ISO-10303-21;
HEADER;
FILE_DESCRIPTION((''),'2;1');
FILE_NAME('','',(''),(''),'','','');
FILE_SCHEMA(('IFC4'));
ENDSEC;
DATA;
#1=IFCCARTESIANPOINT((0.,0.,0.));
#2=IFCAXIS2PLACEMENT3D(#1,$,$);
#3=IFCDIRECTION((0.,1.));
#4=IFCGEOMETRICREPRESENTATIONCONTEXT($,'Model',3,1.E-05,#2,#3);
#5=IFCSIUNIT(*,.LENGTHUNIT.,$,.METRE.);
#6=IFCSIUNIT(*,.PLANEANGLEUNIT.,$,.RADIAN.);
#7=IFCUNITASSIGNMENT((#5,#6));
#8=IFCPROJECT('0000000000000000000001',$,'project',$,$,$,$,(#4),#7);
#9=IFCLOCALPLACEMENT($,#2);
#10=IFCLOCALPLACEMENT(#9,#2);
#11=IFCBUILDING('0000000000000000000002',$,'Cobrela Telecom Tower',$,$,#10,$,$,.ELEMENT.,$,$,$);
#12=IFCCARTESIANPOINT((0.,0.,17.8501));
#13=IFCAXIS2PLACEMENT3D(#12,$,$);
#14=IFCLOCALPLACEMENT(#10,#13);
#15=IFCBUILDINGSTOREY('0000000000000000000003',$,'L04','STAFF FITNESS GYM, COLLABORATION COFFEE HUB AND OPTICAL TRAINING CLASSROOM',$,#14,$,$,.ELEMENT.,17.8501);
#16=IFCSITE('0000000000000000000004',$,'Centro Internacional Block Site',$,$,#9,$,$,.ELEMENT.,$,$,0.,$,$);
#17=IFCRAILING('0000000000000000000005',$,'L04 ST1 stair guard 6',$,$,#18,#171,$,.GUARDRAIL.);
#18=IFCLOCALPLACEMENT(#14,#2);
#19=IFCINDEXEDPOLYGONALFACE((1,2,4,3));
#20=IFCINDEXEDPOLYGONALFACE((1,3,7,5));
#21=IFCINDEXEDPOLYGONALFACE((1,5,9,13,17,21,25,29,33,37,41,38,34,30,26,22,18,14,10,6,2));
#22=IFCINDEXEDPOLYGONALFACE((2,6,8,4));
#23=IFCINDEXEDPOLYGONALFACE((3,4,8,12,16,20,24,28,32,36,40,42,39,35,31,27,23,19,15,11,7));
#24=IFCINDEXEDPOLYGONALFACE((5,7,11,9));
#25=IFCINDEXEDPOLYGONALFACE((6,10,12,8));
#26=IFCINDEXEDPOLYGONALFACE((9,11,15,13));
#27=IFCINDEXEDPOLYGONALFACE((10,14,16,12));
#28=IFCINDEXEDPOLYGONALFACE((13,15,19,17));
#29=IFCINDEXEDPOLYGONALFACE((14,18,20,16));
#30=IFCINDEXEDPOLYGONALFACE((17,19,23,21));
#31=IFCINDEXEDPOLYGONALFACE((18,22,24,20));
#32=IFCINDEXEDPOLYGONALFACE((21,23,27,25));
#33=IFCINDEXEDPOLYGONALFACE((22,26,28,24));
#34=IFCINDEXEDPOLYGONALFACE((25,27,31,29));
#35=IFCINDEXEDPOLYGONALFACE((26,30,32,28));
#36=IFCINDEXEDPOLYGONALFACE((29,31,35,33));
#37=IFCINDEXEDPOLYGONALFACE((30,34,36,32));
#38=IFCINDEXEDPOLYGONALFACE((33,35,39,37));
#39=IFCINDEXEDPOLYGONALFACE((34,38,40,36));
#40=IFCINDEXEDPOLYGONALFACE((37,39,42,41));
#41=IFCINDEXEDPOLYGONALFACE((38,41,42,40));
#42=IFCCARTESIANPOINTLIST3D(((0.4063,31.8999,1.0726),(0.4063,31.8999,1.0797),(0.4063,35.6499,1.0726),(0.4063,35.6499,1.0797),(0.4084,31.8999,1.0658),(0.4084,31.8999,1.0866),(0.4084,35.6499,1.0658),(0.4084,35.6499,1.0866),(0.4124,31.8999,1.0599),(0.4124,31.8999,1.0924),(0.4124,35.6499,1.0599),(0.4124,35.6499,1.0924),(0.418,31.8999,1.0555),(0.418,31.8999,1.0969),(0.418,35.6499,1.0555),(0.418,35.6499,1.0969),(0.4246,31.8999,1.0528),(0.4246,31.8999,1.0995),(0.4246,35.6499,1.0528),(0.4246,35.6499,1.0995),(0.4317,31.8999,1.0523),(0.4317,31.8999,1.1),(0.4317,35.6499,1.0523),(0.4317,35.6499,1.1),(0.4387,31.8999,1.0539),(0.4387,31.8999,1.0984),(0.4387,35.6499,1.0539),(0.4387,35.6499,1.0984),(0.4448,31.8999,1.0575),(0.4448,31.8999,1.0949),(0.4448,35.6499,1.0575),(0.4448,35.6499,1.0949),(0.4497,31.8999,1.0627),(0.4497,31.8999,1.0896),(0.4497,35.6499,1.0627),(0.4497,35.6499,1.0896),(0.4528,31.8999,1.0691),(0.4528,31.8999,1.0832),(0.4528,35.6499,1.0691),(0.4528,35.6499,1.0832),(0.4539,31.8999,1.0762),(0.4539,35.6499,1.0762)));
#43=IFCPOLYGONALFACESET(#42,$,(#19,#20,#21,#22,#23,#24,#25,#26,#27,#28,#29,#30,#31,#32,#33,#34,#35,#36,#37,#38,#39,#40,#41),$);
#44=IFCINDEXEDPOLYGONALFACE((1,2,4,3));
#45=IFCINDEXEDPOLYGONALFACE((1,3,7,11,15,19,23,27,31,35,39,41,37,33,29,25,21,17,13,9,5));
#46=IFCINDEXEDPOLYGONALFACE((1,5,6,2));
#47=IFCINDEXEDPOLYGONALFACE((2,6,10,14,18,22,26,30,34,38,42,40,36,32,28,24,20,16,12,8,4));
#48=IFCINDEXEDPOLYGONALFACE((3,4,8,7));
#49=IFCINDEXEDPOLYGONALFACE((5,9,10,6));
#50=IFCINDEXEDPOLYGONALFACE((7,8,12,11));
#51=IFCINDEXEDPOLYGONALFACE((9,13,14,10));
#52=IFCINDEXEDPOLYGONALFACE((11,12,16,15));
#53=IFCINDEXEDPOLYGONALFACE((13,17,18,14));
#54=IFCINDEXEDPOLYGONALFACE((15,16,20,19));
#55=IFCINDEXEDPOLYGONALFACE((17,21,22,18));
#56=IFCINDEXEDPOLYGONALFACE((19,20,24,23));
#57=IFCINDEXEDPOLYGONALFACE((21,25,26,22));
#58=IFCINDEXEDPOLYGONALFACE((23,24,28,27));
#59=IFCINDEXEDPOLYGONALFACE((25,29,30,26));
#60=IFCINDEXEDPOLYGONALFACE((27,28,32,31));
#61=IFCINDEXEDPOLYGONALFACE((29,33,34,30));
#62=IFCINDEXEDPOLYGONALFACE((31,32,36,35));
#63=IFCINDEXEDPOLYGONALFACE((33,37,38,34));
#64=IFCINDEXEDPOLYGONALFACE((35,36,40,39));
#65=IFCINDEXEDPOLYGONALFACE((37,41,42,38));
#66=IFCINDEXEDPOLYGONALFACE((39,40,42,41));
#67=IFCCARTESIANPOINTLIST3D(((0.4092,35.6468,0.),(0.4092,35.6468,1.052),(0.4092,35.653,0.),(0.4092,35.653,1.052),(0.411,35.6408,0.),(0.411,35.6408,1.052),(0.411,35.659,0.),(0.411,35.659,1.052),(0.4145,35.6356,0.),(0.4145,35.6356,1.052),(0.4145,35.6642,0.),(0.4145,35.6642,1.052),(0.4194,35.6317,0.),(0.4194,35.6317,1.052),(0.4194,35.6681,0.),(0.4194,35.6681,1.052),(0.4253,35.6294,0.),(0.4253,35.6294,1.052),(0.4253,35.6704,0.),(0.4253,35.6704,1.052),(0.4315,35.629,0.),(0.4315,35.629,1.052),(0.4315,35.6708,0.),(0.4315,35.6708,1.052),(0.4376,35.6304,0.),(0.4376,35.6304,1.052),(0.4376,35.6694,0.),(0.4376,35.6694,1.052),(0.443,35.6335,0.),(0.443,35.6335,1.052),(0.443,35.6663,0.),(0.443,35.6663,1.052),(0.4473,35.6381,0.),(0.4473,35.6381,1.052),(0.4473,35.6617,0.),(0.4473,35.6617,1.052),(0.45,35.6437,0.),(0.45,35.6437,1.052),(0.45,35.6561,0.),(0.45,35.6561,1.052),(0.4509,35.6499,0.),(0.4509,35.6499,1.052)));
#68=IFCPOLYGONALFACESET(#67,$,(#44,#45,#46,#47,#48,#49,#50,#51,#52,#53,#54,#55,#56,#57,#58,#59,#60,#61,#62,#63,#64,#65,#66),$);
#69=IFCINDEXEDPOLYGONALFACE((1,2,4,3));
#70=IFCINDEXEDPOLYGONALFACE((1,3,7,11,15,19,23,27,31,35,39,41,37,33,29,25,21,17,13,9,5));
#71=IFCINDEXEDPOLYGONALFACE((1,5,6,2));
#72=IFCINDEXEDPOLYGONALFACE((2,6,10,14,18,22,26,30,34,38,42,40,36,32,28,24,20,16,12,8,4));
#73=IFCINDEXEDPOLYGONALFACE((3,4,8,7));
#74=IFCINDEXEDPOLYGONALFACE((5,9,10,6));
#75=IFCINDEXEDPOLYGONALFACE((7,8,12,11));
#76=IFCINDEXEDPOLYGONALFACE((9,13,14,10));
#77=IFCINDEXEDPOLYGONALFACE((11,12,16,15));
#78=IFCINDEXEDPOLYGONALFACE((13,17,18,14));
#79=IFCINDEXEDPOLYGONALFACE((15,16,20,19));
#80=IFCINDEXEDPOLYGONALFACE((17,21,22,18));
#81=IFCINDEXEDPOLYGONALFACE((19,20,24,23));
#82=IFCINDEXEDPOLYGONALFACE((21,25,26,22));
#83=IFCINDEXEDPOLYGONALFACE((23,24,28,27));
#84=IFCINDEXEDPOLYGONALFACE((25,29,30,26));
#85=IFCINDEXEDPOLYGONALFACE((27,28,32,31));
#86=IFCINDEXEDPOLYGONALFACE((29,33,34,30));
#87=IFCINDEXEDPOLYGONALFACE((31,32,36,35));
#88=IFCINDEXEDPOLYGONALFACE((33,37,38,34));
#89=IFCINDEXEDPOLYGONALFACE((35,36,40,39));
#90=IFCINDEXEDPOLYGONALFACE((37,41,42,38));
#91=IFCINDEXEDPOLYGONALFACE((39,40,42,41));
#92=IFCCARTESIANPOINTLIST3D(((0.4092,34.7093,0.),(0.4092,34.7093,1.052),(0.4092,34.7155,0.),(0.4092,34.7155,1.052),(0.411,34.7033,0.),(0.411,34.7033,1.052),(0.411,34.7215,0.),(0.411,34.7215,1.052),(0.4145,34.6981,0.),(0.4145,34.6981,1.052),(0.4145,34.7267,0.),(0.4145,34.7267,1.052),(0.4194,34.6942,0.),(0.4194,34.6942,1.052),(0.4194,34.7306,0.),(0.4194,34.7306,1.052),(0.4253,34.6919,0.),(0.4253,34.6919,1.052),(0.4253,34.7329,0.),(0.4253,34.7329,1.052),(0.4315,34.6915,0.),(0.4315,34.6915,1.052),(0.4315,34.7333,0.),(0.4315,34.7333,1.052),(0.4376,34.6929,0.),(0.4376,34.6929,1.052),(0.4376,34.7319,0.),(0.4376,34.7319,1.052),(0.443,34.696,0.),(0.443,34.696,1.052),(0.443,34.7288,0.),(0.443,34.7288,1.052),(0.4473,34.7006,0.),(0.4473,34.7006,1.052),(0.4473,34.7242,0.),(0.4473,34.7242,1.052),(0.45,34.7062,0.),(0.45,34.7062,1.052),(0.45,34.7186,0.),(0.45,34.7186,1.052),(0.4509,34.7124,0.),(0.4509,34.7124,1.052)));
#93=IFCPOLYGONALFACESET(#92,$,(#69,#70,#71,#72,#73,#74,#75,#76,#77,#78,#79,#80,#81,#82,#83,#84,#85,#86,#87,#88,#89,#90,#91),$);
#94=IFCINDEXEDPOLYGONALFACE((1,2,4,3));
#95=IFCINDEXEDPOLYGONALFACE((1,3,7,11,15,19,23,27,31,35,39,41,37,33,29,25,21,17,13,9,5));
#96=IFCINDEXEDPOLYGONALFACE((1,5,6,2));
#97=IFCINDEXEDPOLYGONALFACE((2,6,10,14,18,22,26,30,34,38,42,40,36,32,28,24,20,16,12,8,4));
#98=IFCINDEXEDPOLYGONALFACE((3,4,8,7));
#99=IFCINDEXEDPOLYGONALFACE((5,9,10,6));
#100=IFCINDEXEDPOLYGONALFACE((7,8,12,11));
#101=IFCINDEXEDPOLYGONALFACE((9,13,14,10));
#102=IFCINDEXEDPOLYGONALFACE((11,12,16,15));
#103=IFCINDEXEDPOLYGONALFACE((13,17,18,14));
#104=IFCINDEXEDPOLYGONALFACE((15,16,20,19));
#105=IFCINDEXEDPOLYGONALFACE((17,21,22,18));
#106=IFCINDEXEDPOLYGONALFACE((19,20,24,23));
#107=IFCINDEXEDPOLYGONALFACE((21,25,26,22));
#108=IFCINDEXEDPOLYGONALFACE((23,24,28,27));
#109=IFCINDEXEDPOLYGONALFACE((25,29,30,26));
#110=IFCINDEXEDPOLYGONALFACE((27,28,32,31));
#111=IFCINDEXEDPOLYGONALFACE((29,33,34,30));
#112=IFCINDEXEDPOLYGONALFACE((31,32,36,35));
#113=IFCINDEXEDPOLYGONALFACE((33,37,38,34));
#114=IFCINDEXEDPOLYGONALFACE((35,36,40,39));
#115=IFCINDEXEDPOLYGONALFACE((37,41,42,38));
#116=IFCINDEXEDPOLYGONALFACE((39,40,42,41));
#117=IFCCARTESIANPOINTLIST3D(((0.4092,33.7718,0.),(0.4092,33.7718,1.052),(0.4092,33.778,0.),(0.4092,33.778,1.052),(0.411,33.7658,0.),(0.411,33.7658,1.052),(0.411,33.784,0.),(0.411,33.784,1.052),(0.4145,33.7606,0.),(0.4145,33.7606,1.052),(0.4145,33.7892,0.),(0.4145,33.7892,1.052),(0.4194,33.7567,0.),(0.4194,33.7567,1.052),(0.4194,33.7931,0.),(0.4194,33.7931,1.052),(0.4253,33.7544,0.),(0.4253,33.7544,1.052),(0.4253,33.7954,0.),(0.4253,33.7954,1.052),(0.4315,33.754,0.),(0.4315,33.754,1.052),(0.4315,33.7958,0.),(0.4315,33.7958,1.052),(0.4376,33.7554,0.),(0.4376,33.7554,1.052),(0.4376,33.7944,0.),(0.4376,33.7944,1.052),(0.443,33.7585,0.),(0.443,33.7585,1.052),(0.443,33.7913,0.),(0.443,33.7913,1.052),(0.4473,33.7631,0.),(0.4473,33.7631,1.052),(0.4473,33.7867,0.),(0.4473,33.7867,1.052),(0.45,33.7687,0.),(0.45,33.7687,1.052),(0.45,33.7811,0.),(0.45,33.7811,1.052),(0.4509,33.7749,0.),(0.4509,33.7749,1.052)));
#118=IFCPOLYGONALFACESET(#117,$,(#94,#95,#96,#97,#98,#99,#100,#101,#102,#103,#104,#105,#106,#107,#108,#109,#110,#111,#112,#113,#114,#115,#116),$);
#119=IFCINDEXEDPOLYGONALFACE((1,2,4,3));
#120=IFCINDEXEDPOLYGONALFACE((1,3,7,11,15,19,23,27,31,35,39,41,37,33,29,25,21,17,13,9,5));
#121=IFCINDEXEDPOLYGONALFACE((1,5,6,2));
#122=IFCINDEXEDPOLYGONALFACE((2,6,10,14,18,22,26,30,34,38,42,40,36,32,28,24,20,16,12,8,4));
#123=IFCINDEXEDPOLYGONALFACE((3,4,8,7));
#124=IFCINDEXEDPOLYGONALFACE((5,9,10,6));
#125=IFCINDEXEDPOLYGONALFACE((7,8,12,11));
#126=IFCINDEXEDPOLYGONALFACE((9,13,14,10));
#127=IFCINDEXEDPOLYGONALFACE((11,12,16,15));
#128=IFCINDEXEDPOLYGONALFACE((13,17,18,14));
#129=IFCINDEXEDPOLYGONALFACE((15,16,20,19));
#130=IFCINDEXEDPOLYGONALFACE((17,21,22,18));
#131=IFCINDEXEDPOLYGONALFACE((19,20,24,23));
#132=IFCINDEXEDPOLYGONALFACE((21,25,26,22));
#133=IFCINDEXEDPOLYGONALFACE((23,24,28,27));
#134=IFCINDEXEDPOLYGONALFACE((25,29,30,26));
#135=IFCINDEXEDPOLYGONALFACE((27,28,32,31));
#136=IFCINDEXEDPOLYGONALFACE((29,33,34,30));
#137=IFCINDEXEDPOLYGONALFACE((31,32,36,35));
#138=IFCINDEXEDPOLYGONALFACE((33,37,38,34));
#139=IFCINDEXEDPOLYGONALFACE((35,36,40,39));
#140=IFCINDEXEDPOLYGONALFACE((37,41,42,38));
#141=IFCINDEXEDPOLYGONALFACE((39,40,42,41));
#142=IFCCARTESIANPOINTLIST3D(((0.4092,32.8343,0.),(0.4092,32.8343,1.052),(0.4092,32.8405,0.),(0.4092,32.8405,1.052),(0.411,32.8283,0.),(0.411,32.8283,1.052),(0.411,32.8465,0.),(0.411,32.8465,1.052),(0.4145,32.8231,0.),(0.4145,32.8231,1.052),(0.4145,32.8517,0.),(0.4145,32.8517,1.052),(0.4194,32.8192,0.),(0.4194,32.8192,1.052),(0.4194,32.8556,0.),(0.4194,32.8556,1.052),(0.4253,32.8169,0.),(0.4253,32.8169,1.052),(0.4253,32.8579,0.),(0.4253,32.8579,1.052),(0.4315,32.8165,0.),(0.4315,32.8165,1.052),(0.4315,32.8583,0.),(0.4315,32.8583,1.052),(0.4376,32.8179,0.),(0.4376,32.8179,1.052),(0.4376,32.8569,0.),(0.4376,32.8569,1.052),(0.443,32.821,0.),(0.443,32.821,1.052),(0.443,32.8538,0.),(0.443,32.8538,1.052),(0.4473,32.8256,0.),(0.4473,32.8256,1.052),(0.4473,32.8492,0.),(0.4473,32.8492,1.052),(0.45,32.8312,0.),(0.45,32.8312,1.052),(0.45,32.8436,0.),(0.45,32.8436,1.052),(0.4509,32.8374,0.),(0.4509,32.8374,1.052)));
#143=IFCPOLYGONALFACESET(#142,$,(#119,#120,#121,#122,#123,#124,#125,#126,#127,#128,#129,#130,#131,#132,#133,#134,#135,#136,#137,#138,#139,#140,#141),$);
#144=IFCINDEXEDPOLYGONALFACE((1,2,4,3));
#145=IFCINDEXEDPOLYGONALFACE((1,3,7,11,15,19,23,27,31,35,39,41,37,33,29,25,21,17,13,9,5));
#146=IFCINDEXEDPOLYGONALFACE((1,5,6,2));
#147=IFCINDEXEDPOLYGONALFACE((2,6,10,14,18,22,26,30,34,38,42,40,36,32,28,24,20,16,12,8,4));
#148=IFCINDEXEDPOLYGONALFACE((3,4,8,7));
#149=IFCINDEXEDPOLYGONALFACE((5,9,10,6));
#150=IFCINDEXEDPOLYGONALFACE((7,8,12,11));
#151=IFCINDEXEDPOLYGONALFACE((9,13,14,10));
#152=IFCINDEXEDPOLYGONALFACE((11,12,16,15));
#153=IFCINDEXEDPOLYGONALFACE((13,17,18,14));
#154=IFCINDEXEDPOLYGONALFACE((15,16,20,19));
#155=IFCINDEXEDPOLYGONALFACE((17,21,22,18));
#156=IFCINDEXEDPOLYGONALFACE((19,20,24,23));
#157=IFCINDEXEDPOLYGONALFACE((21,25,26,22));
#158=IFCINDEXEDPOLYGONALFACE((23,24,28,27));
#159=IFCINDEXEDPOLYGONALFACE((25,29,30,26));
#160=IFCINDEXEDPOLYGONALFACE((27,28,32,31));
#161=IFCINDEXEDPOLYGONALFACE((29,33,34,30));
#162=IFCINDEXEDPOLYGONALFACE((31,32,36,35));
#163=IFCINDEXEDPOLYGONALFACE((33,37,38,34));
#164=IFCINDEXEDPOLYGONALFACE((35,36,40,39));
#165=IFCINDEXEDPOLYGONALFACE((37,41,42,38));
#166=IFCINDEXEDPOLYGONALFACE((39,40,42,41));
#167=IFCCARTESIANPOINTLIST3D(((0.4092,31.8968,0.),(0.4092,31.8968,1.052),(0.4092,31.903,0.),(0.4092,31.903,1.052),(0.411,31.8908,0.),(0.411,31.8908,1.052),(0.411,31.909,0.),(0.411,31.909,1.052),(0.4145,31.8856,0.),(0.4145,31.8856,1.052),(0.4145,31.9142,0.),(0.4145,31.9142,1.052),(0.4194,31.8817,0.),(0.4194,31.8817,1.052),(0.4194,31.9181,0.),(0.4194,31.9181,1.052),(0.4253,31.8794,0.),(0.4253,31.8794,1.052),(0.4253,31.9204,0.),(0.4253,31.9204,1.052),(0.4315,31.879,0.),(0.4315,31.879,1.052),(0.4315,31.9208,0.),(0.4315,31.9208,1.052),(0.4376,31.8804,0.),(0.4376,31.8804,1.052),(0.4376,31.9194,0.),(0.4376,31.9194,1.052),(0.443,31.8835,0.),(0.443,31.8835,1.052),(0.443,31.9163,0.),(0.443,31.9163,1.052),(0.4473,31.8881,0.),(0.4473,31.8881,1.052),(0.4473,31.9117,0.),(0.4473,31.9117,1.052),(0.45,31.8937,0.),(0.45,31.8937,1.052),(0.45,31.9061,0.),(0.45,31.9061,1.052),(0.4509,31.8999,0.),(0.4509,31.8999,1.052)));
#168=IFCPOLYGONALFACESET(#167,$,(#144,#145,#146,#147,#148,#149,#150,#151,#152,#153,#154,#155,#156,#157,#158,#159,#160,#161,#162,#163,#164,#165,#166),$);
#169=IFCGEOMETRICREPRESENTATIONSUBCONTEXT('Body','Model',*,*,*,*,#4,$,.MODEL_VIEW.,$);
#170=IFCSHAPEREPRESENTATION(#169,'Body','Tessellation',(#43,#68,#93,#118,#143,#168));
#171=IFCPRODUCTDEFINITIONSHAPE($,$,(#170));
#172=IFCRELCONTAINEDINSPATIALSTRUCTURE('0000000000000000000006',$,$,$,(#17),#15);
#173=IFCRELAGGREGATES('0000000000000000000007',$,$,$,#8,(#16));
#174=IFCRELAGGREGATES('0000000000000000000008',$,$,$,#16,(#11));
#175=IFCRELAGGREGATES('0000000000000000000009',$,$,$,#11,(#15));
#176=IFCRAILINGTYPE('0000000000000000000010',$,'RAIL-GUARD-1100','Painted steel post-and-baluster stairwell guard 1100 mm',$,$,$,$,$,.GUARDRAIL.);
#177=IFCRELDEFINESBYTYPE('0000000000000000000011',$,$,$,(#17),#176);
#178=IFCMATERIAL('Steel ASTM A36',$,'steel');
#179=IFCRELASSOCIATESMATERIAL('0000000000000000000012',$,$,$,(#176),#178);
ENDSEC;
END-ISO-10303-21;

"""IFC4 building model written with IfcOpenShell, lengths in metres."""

from ifc_helpers import new_model, si_unit, direction, frame, origin, origin_2d, place, context, subcontext, project, spatial, circle, extrude, material, type_object, element, save


model = new_model("IFC4")

# Units and contexts
model_context = context("Model", 3, precision=1e-05, world=origin(), true_north=direction((0.0, 1.0)))
body_context = subcontext(model_context, "Body", "Model", "MODEL_VIEW")
ifc_project = project(units=[si_unit("LENGTHUNIT", "METRE"), si_unit("PLANEANGLEUNIT", "RADIAN")], contexts=[model_context])

# Site, building, storey
site_placement = place(None, origin())
site = spatial("IfcSite", under=ifc_project, at=site_placement, Name="Centro Internacional Block Site", CompositionType="ELEMENT", RefElevation=0.0)
building_placement = place(site_placement, origin())
building = spatial("IfcBuilding", under=site, at=building_placement, Name="Cobrela Telecom Tower", CompositionType="ELEMENT")
storey_placement = place(building_placement, frame((0.0, 0.0, 17.8501)))
storey = spatial("IfcBuildingStorey", under=building, at=storey_placement, Name="L04", Description="STAFF FITNESS GYM, COLLABORATION COFFEE HUB AND OPTICAL TRAINING CLASSROOM", CompositionType="ELEMENT", Elevation=17.8501)

# Shared definitions
ifc_material_1 = material(Name="Steel ASTM A36", Category="steel")

# Railing
railing_type_1 = type_object("IfcRailingType", Name="RAIL-GUARD-1100", Description="Painted steel post-and-baluster stairwell guard 1100 mm", PredefinedType="GUARDRAIL", material=ifc_material_1)
railing_1_placement = place(storey_placement, frame((0.4299, 35.6499, 0.0)))
element("IfcRailing", 1, at=railing_1_placement, inside=storey, type_object=railing_type_1, Name="L04 ST1 stair guard 6", PredefinedType="GUARDRAIL", context=body_context, shape_type="SweptSolid", body=[
    extrude(circle(Radius=0.0239, at=origin_2d()), frame((0.0, 0.0, 1.0762), z_axis=(0.0, -1.0, 0.0), x_axis=(1.0, 0.0, 0.0)), (0.0, 0.0, 1.0), 3.75),
    extrude(circle(Radius=0.021, at=origin_2d()), origin(), (0.0, 0.0, 1.0), 1.052),
    extrude(circle(Radius=0.021, at=origin_2d()), frame((0.0, -0.9375, 0.0)), (0.0, 0.0, 1.0), 1.052),
    extrude(circle(Radius=0.021, at=origin_2d()), frame((0.0, -1.875, 0.0)), (0.0, 0.0, 1.0), 1.052),
    extrude(circle(Radius=0.021, at=origin_2d()), frame((0.0, -2.8125, 0.0)), (0.0, 0.0, 1.0), 1.052),
    extrude(circle(Radius=0.021, at=origin_2d()), frame((0.0, -3.75, 0.0)), (0.0, 0.0, 1.0), 1.052),
])

save(model, "model.ifc")
